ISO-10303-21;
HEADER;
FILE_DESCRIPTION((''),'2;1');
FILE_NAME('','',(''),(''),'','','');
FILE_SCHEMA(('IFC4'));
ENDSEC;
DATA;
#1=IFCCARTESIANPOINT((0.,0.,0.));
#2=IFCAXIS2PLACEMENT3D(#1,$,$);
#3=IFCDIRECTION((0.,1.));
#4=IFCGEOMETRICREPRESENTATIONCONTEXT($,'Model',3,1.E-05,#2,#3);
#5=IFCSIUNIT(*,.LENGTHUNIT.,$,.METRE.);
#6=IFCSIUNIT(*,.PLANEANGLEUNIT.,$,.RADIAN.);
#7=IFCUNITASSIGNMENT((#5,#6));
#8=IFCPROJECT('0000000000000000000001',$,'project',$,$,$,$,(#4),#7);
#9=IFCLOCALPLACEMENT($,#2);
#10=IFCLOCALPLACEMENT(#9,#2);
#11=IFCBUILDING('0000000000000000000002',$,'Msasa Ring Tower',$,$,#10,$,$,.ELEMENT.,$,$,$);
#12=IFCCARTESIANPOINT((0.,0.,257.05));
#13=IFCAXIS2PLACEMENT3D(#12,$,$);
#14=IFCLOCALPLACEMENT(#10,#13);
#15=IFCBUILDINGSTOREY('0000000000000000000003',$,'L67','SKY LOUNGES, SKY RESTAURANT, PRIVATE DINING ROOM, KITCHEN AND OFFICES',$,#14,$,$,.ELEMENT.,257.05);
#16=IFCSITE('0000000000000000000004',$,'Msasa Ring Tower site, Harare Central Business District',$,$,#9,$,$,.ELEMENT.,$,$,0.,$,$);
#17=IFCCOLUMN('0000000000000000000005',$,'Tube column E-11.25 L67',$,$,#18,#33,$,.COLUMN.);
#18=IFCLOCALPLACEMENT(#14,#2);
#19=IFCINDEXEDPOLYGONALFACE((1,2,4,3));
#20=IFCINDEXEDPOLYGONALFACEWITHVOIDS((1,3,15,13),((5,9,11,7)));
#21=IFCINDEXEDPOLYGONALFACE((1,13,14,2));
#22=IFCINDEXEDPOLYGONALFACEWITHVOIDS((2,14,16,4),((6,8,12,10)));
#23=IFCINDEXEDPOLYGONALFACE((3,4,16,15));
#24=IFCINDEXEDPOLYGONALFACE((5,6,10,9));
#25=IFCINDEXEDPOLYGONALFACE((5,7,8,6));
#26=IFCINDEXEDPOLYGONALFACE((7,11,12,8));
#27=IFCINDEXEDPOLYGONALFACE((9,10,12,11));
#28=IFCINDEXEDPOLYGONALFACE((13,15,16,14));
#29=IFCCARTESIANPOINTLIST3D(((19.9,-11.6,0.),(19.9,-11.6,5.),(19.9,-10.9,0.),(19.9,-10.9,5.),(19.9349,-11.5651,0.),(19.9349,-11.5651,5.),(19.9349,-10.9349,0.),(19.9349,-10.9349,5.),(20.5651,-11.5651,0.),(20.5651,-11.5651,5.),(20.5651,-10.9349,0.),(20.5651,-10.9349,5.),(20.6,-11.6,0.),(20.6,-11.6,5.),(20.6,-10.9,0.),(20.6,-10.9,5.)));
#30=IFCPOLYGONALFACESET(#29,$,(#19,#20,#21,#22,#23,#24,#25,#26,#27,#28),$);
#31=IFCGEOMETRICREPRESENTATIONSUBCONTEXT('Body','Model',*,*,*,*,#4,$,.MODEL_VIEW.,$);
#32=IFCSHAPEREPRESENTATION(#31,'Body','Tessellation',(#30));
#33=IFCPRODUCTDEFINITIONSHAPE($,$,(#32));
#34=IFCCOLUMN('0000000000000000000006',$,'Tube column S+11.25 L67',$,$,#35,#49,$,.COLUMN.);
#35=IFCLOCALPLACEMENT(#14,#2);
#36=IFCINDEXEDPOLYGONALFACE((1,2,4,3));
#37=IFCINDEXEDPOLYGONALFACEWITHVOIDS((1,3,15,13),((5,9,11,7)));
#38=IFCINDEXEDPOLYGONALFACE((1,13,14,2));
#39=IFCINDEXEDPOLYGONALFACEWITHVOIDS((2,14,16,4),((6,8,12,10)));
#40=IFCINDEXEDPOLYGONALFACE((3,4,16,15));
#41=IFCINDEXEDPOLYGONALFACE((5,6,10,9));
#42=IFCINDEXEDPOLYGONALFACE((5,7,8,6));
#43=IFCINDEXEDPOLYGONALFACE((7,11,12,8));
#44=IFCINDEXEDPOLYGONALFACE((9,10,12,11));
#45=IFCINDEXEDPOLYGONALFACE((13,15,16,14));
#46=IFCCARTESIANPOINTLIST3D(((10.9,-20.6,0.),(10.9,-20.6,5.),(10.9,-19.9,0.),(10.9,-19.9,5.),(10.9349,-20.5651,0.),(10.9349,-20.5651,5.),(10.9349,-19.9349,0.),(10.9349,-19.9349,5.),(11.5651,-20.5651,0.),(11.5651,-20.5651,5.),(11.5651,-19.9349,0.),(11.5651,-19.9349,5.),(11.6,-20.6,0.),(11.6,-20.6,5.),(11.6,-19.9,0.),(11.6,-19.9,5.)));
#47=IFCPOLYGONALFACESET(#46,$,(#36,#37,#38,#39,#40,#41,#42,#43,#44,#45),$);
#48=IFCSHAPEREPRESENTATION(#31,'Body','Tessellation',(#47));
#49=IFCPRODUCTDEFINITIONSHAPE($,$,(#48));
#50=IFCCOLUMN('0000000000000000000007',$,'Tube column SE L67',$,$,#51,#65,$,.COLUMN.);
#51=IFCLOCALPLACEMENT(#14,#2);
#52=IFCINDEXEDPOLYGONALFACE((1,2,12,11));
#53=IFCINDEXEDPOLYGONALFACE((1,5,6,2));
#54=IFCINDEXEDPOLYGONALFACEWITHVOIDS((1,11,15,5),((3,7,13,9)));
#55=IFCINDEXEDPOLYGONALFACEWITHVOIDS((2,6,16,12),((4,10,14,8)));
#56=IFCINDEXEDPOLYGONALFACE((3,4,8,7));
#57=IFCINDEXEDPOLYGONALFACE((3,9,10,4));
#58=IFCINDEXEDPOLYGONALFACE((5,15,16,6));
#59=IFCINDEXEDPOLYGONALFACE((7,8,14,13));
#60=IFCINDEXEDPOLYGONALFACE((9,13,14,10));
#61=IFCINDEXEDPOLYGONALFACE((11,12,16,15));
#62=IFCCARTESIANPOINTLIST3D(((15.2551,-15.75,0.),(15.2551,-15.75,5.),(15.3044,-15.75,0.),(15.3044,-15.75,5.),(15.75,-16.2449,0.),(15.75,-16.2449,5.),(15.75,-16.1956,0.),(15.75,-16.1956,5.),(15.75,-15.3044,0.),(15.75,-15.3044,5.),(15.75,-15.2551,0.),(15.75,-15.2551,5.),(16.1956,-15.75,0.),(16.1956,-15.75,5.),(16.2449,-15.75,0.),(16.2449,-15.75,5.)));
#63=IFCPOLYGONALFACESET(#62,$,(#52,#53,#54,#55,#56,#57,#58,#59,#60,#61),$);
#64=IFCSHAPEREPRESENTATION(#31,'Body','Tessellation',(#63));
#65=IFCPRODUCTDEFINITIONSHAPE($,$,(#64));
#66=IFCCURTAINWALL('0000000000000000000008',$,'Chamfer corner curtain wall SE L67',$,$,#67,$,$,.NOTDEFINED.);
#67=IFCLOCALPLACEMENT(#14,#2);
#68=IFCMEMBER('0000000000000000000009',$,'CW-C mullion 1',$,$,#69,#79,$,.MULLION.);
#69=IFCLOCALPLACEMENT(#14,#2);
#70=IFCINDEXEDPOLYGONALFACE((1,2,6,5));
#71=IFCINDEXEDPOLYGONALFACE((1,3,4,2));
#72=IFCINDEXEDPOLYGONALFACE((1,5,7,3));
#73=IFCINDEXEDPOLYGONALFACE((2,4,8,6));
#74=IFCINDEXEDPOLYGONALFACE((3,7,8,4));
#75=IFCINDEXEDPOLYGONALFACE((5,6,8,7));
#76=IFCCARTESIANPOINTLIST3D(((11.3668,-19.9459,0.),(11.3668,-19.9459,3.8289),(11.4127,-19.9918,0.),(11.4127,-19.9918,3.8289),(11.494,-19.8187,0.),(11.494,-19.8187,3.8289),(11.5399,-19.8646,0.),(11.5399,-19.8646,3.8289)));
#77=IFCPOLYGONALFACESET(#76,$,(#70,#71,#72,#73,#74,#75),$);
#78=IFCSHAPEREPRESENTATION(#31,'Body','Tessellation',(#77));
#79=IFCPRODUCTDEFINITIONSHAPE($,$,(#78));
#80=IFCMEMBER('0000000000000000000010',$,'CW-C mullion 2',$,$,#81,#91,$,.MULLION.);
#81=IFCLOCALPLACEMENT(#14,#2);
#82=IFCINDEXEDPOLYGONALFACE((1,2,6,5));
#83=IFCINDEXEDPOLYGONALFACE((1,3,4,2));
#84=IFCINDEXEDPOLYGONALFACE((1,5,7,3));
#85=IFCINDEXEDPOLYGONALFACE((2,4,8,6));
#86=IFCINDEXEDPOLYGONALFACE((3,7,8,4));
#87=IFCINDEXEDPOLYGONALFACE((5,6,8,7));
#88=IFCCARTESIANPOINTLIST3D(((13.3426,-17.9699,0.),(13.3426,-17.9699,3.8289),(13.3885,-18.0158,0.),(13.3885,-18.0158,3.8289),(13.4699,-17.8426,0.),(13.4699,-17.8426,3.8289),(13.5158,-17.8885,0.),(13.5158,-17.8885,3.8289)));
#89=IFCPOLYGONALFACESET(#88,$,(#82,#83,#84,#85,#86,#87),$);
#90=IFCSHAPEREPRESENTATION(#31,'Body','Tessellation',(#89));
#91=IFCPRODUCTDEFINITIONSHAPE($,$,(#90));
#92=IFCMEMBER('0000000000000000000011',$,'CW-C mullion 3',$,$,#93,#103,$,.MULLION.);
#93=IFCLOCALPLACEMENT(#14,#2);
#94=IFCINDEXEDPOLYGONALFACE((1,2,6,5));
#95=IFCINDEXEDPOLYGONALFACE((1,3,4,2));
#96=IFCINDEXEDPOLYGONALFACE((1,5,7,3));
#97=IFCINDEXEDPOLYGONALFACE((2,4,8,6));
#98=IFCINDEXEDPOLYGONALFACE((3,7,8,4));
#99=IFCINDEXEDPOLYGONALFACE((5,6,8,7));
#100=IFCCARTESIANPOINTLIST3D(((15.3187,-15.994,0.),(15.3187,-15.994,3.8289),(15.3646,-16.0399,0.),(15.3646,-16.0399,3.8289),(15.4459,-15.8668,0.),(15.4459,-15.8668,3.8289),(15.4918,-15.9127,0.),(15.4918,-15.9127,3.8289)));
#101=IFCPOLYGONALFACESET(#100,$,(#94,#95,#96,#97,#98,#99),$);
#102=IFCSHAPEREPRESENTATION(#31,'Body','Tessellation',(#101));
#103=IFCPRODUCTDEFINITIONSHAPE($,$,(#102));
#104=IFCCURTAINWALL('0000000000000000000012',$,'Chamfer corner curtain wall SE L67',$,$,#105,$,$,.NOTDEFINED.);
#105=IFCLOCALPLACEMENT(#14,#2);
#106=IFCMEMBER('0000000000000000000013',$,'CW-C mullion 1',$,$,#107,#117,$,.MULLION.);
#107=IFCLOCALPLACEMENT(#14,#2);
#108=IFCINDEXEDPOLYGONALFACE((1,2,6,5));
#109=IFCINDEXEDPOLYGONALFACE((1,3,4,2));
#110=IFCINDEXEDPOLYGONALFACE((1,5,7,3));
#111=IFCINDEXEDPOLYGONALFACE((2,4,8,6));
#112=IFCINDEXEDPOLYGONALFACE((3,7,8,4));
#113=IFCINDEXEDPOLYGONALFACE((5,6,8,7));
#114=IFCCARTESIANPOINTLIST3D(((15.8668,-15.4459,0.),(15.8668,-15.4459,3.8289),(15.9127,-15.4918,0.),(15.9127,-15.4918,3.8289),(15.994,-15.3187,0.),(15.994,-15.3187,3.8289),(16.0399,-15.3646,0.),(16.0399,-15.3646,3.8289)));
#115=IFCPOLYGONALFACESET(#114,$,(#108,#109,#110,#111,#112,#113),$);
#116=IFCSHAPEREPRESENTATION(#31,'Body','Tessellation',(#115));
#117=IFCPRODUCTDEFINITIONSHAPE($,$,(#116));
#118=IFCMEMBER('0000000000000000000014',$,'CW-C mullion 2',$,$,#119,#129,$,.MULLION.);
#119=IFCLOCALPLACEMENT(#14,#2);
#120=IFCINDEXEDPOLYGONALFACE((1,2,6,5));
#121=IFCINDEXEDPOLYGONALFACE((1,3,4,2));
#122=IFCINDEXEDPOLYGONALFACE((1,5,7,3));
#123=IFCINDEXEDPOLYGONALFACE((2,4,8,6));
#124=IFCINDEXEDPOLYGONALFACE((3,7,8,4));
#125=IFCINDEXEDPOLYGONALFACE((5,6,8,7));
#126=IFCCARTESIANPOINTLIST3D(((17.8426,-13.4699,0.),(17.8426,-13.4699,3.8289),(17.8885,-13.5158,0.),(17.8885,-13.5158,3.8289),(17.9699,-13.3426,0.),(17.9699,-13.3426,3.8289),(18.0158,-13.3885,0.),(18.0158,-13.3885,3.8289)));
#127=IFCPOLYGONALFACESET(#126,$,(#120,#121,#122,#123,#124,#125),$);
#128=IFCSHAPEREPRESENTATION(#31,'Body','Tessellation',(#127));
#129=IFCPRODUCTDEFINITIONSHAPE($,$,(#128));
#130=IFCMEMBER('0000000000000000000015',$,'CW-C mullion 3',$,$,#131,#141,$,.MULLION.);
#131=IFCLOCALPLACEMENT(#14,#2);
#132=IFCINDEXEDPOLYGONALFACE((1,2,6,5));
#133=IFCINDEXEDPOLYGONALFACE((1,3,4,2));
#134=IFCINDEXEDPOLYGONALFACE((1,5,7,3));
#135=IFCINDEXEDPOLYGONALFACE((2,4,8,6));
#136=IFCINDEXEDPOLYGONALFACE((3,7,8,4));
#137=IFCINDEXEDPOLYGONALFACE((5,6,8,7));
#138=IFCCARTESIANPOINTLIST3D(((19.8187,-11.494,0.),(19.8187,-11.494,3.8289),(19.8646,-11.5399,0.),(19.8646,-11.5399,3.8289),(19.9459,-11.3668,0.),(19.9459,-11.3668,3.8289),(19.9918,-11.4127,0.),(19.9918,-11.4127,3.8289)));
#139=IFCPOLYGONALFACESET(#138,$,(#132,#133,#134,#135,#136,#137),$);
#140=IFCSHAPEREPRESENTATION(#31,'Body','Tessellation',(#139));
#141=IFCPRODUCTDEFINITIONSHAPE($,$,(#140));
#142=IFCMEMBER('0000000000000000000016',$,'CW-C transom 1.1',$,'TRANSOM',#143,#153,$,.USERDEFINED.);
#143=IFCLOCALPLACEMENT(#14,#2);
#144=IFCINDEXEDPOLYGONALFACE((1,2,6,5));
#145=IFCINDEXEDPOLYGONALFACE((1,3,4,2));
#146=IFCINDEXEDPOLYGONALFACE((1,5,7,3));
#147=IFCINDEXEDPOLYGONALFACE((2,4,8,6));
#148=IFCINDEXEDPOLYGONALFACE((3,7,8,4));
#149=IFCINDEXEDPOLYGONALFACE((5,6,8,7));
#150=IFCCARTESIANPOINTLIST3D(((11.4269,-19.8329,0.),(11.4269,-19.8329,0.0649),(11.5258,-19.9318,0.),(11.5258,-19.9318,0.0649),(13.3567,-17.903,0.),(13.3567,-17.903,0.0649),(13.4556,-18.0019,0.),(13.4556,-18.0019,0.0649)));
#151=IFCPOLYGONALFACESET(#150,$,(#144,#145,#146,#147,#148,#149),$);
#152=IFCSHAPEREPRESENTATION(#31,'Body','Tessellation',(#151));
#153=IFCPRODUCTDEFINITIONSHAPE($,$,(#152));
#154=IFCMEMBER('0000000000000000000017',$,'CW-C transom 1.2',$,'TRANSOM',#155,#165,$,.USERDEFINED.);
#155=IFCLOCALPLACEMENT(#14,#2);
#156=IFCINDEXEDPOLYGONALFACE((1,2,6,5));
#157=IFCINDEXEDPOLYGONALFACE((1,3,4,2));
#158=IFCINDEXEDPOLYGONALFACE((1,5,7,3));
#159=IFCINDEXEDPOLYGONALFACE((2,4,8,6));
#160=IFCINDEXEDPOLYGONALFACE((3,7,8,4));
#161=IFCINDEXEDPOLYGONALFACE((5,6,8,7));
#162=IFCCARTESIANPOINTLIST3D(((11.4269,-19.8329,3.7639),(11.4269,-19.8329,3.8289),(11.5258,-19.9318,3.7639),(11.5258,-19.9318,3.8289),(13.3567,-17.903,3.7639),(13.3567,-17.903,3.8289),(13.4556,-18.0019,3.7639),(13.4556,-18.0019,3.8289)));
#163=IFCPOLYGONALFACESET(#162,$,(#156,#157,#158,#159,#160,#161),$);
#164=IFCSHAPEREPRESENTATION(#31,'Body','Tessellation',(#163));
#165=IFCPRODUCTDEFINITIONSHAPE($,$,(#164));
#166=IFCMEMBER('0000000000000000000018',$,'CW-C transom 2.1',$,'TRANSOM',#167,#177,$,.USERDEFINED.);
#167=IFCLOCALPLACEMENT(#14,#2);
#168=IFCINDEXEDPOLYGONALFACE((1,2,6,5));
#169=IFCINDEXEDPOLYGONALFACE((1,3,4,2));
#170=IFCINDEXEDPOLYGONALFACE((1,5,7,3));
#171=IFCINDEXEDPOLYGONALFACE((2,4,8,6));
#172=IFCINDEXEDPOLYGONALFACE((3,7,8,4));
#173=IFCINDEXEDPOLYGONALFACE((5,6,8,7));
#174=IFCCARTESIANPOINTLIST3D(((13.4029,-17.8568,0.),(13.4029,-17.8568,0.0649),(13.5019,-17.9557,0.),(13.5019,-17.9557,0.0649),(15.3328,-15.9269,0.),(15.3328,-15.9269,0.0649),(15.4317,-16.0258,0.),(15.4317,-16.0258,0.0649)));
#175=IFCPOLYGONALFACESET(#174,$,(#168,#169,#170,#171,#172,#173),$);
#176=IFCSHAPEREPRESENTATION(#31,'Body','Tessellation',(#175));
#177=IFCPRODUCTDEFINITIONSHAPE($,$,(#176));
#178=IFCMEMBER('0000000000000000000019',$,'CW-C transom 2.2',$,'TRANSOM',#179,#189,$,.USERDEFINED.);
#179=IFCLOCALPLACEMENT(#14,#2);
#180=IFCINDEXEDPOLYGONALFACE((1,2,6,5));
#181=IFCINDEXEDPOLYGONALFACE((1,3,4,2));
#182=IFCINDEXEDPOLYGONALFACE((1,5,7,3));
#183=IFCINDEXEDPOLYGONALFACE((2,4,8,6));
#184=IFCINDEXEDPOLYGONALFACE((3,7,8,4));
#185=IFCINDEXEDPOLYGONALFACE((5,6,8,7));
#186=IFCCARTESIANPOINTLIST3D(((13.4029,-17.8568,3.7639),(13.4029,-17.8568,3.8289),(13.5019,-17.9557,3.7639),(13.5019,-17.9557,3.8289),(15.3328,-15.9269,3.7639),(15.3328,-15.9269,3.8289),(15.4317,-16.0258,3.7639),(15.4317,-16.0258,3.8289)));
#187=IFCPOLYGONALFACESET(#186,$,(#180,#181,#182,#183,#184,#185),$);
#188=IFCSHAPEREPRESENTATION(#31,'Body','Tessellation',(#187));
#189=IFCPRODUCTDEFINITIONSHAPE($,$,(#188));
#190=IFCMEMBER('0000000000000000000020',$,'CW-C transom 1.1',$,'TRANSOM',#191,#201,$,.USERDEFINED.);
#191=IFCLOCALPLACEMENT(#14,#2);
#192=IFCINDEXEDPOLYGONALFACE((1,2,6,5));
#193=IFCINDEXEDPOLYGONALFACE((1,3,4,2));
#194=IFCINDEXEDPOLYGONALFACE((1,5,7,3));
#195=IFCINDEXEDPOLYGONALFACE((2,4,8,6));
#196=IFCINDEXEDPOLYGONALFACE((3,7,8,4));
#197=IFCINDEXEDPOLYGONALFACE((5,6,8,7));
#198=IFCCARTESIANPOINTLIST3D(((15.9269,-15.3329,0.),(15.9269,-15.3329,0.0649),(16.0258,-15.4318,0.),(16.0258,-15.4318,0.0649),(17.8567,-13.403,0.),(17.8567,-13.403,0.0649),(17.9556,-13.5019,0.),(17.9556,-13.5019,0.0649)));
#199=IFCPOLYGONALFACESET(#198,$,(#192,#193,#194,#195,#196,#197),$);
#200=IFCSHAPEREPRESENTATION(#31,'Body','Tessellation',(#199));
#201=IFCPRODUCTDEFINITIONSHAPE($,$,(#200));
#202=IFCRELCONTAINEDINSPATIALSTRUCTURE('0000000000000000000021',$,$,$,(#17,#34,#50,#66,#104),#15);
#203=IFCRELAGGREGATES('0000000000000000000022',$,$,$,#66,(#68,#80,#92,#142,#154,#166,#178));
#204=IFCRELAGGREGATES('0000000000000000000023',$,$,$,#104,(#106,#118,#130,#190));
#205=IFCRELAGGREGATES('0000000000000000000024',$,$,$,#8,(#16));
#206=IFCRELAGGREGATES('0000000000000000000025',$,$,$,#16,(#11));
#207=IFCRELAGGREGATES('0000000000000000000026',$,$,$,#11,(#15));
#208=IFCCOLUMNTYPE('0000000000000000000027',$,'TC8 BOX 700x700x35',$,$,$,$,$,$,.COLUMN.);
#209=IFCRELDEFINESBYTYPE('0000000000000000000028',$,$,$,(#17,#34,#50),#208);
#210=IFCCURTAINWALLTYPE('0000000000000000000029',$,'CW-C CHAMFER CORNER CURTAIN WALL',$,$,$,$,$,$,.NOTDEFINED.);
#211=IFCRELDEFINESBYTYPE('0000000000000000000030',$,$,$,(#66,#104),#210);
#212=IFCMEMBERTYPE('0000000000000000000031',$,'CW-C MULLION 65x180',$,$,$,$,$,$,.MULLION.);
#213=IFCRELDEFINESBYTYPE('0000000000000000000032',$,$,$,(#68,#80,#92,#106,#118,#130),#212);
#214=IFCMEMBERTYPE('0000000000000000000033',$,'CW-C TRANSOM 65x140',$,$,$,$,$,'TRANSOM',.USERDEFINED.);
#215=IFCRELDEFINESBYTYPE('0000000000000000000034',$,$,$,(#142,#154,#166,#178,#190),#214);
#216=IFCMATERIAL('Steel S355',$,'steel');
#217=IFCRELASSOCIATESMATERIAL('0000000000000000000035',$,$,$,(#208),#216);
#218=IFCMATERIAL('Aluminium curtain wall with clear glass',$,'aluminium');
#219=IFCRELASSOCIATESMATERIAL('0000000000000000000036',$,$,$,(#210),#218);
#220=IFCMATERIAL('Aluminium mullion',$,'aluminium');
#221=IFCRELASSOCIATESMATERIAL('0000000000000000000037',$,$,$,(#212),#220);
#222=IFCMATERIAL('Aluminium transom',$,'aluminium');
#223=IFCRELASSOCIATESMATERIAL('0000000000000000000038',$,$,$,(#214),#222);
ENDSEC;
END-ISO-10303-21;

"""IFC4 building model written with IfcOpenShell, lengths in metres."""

from ifc_helpers import new_model, si_unit, direction, frame, origin, origin_2d, place, context, subcontext, project, spatial, rectangle, hollow_rectangle, extrude, material, material_profile, profile_set, type_object, element, aggregate, save


model = new_model("IFC4")

# Units and contexts
model_context = context("Model", 3, precision=1e-05, world=origin(), true_north=direction((0.0, 1.0)))
body_context = subcontext(model_context, "Body", "Model", "MODEL_VIEW")
ifc_project = project(units=[si_unit("LENGTHUNIT", "METRE"), si_unit("PLANEANGLEUNIT", "RADIAN")], contexts=[model_context])

# Site, building, storey
site_placement = place(None, origin())
site = spatial("IfcSite", under=ifc_project, at=site_placement, Name="Msasa Ring Tower site, Harare Central Business District", CompositionType="ELEMENT", RefElevation=0.0)
building_placement = place(site_placement, origin())
building = spatial("IfcBuilding", under=site, at=building_placement, Name="Msasa Ring Tower", CompositionType="ELEMENT")
storey_placement = place(building_placement, frame((0.0, 0.0, 257.05)))
storey = spatial("IfcBuildingStorey", under=building, at=storey_placement, Name="L67", Description="SKY LOUNGES, SKY RESTAURANT, PRIVATE DINING ROOM, KITCHEN AND OFFICES", CompositionType="ELEMENT", Elevation=257.05)

# Columns
ifc_material_1 = material(Name="Steel S355", Category="steel")
ifc_material_profile_1 = material_profile(ifc_material_1, hollow_rectangle(XDim=0.7, YDim=0.7, WallThickness=0.0349, at=origin_2d()), Name="BOX 700x700x35")
ifc_profile_set_1 = profile_set([ifc_material_profile_1], Name="Steel S355")
column_type = type_object("IfcColumnType", Name="TC8 BOX 700x700x35", PredefinedType="COLUMN", material=ifc_profile_set_1)
for number, where, z_axis, x_axis, name in (
    (1, (20.25, -11.25, 0.0), (0.0, 0.0, 1.0), (1.0, 0.0, 0.0), "Tube column E-11.25 L67"),
    (2, (11.25, -20.25, 0.0), (0.0, 0.0, 1.0), (0.0, 1.0, 0.0), "Tube column S+11.25 L67"),
    (3, (15.75, -15.75, 0.0), (0.0, 0.0, 1.0), (0.707107, -0.707107, 0.0), "Tube column SE L67"),
):
    element("IfcColumn", number, at=place(storey_placement, frame(where, z_axis=z_axis, x_axis=x_axis)), inside=storey, type_object=column_type, Name=name, PredefinedType="COLUMN", context=body_context, shape_type="SweptSolid", body=[
        extrude(hollow_rectangle(XDim=0.7, YDim=0.7, WallThickness=0.0349, at=origin_2d()), origin(), (0.0, 0.0, 1.0), 5.0),
    ])

# Curtain walls, members
ifc_material_2 = material(Name="Aluminium curtain wall with clear glass", Category="aluminium")
curtain_wall_type_1 = type_object("IfcCurtainWallType", Name="CW-C CHAMFER CORNER CURTAIN WALL", PredefinedType="NOTDEFINED", material=ifc_material_2)
curtain_wall_1_placement = place(storey_placement, origin())
curtain_wall_1 = element("IfcCurtainWall", 4, at=curtain_wall_1_placement, inside=storey, type_object=curtain_wall_type_1, Name="Chamfer corner curtain wall SE L67", PredefinedType="NOTDEFINED")
ifc_material_3 = material(Name="Aluminium mullion", Category="aluminium")
ifc_material_profile_2 = material_profile(ifc_material_3, rectangle(XDim=0.0649, YDim=0.1799, at=origin_2d()), Name="AL 65x180")
ifc_profile_set_2 = profile_set([ifc_material_profile_2], Name="Aluminium mullion")
member_type_1 = type_object("IfcMemberType", Name="CW-C MULLION 65x180", PredefinedType="MULLION", material=ifc_profile_set_2)
member_1_placement = place(storey_placement, frame((11.4534, -19.9053, 0.0), z_axis=(0.0, 0.0, 1.0), x_axis=(-0.707107, 0.707107, 0.0)))
member_1 = element("IfcMember", 5, at=member_1_placement, type_object=member_type_1, Name="CW-C mullion 1", PredefinedType="MULLION", context=body_context, shape_type="SweptSolid", body=[
    extrude(rectangle(XDim=0.0649, YDim=0.1799, at=origin_2d()), origin(), (0.0, 0.0, 1.0), 3.8289),
])
member_2_placement = place(storey_placement, frame((13.4292, -17.9292, 0.0), z_axis=(0.0, 0.0, 1.0), x_axis=(-0.707107, 0.707107, 0.0)))
member_2 = element("IfcMember", 6, at=member_2_placement, type_object=member_type_1, Name="CW-C mullion 2", PredefinedType="MULLION", context=body_context, shape_type="SweptSolid", body=[
    extrude(rectangle(XDim=0.0649, YDim=0.1799, at=origin_2d()), origin(), (0.0, 0.0, 1.0), 3.8289),
])
member_3_placement = place(storey_placement, frame((15.4053, -15.9534, 0.0), z_axis=(0.0, 0.0, 1.0), x_axis=(-0.707107, 0.707107, 0.0)))
member_3 = element("IfcMember", 7, at=member_3_placement, type_object=member_type_1, Name="CW-C mullion 3", PredefinedType="MULLION", context=body_context, shape_type="SweptSolid", body=[
    extrude(rectangle(XDim=0.0649, YDim=0.1799, at=origin_2d()), origin(), (0.0, 0.0, 1.0), 3.8289),
])
curtain_wall_2_placement = place(storey_placement, origin())
curtain_wall_2 = element("IfcCurtainWall", 8, at=curtain_wall_2_placement, inside=storey, type_object=curtain_wall_type_1, Name="Chamfer corner curtain wall SE L67", PredefinedType="NOTDEFINED")
member_4_placement = place(storey_placement, frame((15.9534, -15.4053, 0.0), z_axis=(0.0, 0.0, 1.0), x_axis=(-0.707107, 0.707107, 0.0)))
member_4 = element("IfcMember", 9, at=member_4_placement, type_object=member_type_1, Name="CW-C mullion 1", PredefinedType="MULLION", context=body_context, shape_type="SweptSolid", body=[
    extrude(rectangle(XDim=0.0649, YDim=0.1799, at=origin_2d()), origin(), (0.0, 0.0, 1.0), 3.8289),
])
member_5_placement = place(storey_placement, frame((17.9292, -13.4292, 0.0), z_axis=(0.0, 0.0, 1.0), x_axis=(-0.707107, 0.707107, 0.0)))
member_5 = element("IfcMember", 10, at=member_5_placement, type_object=member_type_1, Name="CW-C mullion 2", PredefinedType="MULLION", context=body_context, shape_type="SweptSolid", body=[
    extrude(rectangle(XDim=0.0649, YDim=0.1799, at=origin_2d()), origin(), (0.0, 0.0, 1.0), 3.8289),
])
member_6_placement = place(storey_placement, frame((19.9053, -11.4534, 0.0), z_axis=(0.0, 0.0, 1.0), x_axis=(-0.707107, 0.707107, 0.0)))
member_6 = element("IfcMember", 11, at=member_6_placement, type_object=member_type_1, Name="CW-C mullion 3", PredefinedType="MULLION", context=body_context, shape_type="SweptSolid", body=[
    extrude(rectangle(XDim=0.0649, YDim=0.1799, at=origin_2d()), origin(), (0.0, 0.0, 1.0), 3.8289),
])

# Members
ifc_material_4 = material(Name="Aluminium transom", Category="aluminium")
ifc_material_profile_3 = material_profile(ifc_material_4, rectangle(XDim=0.1399, YDim=0.0649, at=origin_2d()), Name="AL 65x140")
ifc_profile_set_3 = profile_set([ifc_material_profile_3], Name="Aluminium transom")
member_type_2 = type_object("IfcMemberType", Name="CW-C TRANSOM 65x140", ElementType="TRANSOM", PredefinedType="USERDEFINED", material=ifc_profile_set_3)
member_7_placement = place(storey_placement, frame((11.4763, -19.8823, 0.0325), z_axis=(0.707107, 0.707107, 0.0), x_axis=(-0.707107, 0.707107, 0.0)))
member_7 = element("IfcMember", 12, at=member_7_placement, type_object=member_type_2, Name="CW-C transom 1.1", ObjectType="TRANSOM", PredefinedType="USERDEFINED", context=body_context, shape_type="SweptSolid", body=[
    extrude(rectangle(XDim=0.1399, YDim=0.0649, at=origin_2d()), origin(), (0.0, 0.0, 1.0), 2.7292),
])
member_8_placement = place(storey_placement, frame((11.4763, -19.8823, 3.7964), z_axis=(0.707107, 0.707107, 0.0), x_axis=(-0.707107, 0.707107, 0.0)))
member_8 = element("IfcMember", 13, at=member_8_placement, type_object=member_type_2, Name="CW-C transom 1.2", ObjectType="TRANSOM", PredefinedType="USERDEFINED", context=body_context, shape_type="SweptSolid", body=[
    extrude(rectangle(XDim=0.1399, YDim=0.0649, at=origin_2d()), origin(), (0.0, 0.0, 1.0), 2.7292),
])
member_9_placement = place(storey_placement, frame((13.4524, -17.9062, 0.0325), z_axis=(0.707107, 0.707107, 0.0), x_axis=(-0.707107, 0.707107, 0.0)))
member_9 = element("IfcMember", 14, at=member_9_placement, type_object=member_type_2, Name="CW-C transom 2.1", ObjectType="TRANSOM", PredefinedType="USERDEFINED", context=body_context, shape_type="SweptSolid", body=[
    extrude(rectangle(XDim=0.1399, YDim=0.0649, at=origin_2d()), origin(), (0.0, 0.0, 1.0), 2.7292),
])
member_10_placement = place(storey_placement, frame((13.4524, -17.9062, 3.7964), z_axis=(0.707107, 0.707107, 0.0), x_axis=(-0.707107, 0.707107, 0.0)))
member_10 = element("IfcMember", 15, at=member_10_placement, type_object=member_type_2, Name="CW-C transom 2.2", ObjectType="TRANSOM", PredefinedType="USERDEFINED", context=body_context, shape_type="SweptSolid", body=[
    extrude(rectangle(XDim=0.1399, YDim=0.0649, at=origin_2d()), origin(), (0.0, 0.0, 1.0), 2.7292),
])
member_11_placement = place(storey_placement, frame((15.9763, -15.3823, 0.0325), z_axis=(0.707107, 0.707107, 0.0), x_axis=(-0.707107, 0.707107, 0.0)))
member_11 = element("IfcMember", 16, at=member_11_placement, type_object=member_type_2, Name="CW-C transom 1.1", ObjectType="TRANSOM", PredefinedType="USERDEFINED", context=body_context, shape_type="SweptSolid", body=[
    extrude(rectangle(XDim=0.1399, YDim=0.0649, at=origin_2d()), origin(), (0.0, 0.0, 1.0), 2.7292),
])

aggregate(curtain_wall_1, [member_1, member_2, member_3, member_7, member_8, member_9, member_10])
aggregate(curtain_wall_2, [member_4, member_5, member_6, member_11])

save(model, "model.ifc")
